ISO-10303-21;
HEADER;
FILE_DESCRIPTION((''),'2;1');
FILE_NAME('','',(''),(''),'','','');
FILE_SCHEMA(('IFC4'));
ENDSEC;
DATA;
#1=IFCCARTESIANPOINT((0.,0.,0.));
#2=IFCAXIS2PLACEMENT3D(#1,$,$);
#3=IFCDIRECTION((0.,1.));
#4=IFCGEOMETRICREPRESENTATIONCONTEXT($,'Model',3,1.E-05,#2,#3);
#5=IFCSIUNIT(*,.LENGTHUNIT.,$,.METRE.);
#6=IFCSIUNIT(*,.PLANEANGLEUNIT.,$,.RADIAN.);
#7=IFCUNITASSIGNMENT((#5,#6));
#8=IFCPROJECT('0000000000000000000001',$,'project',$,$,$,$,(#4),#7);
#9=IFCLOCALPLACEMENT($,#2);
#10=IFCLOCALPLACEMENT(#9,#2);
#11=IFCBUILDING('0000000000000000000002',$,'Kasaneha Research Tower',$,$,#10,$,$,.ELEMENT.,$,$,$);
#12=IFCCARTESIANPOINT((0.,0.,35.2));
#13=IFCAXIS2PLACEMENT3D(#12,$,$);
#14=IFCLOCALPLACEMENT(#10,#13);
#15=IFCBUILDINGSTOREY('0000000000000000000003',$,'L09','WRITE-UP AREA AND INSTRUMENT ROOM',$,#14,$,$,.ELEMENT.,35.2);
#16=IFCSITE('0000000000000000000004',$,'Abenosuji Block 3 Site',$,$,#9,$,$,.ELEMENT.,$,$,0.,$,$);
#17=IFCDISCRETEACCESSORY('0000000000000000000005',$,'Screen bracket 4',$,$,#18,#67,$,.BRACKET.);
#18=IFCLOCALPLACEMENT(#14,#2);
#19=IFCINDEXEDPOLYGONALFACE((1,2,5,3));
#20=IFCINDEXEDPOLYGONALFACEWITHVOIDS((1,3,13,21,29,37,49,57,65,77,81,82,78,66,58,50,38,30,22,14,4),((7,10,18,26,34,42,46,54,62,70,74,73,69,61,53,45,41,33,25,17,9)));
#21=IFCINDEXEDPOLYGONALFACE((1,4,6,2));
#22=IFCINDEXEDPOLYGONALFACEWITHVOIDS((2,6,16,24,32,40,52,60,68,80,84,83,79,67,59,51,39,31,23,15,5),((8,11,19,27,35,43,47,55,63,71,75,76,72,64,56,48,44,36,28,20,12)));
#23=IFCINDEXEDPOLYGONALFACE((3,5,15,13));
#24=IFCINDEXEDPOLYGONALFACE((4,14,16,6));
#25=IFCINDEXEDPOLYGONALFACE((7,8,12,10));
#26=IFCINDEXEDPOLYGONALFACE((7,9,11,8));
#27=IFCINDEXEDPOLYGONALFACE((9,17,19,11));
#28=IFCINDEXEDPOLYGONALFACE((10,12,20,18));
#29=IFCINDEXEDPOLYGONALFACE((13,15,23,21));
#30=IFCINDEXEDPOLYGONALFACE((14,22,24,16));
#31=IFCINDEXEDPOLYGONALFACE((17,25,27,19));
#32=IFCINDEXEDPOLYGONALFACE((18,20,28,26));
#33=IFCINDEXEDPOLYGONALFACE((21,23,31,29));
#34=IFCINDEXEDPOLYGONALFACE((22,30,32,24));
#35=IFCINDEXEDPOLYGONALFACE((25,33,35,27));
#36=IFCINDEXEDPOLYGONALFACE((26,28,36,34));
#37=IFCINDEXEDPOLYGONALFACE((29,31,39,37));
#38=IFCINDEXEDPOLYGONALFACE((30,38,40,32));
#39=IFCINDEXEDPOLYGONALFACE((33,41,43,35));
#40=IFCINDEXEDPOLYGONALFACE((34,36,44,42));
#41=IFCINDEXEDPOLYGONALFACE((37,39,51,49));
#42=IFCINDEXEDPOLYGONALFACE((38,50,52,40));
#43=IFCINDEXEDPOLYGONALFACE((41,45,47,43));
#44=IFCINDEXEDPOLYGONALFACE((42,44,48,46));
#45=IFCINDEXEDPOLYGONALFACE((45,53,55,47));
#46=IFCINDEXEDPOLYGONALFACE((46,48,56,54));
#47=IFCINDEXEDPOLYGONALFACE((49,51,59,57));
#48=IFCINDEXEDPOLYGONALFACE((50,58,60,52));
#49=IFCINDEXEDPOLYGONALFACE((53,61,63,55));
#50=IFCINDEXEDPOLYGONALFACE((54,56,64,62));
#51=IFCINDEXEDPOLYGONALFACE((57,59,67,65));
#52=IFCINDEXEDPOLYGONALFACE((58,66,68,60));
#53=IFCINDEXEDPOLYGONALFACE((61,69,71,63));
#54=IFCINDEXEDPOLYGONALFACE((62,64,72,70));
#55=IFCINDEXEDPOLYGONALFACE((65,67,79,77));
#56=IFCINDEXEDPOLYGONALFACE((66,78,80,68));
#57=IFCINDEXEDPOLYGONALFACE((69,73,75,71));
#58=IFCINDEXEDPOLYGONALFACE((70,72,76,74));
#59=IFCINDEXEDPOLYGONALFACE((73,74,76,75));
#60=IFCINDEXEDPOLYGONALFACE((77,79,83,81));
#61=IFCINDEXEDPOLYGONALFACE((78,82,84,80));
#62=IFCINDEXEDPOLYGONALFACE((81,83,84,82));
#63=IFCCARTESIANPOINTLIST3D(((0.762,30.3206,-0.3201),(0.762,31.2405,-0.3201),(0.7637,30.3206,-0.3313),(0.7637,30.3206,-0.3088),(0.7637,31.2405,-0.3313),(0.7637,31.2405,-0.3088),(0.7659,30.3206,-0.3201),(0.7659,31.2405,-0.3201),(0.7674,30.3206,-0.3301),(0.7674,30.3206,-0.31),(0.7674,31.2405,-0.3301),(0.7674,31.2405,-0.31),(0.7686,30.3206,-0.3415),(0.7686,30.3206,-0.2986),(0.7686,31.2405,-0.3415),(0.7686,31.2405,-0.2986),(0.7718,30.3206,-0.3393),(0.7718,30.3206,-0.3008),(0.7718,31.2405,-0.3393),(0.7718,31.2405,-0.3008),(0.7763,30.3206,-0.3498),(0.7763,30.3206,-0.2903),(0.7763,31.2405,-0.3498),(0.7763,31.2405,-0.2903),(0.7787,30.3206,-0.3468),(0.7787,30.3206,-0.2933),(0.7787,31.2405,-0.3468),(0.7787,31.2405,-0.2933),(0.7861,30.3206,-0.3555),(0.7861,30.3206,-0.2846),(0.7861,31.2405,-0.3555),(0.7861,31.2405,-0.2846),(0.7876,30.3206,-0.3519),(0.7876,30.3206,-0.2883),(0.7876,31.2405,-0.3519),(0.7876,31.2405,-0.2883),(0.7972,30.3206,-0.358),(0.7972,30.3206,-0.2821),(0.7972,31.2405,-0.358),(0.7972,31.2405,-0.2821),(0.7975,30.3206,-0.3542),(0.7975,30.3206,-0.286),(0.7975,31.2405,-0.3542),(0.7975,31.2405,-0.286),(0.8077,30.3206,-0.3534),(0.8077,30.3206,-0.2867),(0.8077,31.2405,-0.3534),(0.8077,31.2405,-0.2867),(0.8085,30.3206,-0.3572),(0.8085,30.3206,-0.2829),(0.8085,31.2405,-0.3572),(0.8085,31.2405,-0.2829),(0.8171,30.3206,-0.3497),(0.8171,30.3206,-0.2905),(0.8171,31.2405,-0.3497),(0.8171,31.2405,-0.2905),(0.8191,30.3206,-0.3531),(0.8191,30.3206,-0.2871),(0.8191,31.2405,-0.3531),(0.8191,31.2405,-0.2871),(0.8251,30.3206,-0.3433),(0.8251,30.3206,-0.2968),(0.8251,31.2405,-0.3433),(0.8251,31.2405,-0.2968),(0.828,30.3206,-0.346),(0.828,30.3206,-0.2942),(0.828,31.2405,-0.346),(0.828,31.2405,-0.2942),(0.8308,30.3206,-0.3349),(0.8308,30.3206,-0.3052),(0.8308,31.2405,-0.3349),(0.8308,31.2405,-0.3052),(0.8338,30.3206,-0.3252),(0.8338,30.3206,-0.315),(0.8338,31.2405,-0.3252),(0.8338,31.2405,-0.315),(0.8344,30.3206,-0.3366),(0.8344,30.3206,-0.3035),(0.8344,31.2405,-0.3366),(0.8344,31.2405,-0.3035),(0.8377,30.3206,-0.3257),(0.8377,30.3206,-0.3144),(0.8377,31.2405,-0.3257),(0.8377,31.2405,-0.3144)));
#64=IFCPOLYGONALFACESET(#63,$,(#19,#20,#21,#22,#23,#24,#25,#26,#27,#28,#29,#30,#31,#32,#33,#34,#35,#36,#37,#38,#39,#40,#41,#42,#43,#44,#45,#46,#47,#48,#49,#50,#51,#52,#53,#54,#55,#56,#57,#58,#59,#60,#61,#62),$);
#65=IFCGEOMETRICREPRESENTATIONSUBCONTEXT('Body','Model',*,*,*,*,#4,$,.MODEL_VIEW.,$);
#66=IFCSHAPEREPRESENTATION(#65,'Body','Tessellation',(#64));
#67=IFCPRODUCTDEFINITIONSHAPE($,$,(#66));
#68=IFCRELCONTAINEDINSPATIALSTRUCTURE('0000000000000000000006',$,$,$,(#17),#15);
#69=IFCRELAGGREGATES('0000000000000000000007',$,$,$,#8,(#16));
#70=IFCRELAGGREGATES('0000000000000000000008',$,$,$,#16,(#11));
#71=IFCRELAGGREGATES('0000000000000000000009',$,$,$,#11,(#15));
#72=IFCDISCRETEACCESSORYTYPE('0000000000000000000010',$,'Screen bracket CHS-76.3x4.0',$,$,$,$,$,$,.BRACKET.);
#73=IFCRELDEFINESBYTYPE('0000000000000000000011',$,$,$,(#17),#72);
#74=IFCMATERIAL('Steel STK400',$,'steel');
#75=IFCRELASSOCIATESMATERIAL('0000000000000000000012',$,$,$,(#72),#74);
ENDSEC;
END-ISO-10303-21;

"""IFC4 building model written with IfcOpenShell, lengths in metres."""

from ifc_helpers import new_model, si_unit, direction, frame, origin, origin_2d, place, context, subcontext, project, spatial, hollow_circle, extrude, material, material_profile, profile_set, type_object, element, save


model = new_model("IFC4")

# Units and contexts
model_context = context("Model", 3, precision=1e-05, world=origin(), true_north=direction((0.0, 1.0)))
body_context = subcontext(model_context, "Body", "Model", "MODEL_VIEW")
ifc_project = project(units=[si_unit("LENGTHUNIT", "METRE"), si_unit("PLANEANGLEUNIT", "RADIAN")], contexts=[model_context])

# Site, building, storey
site_placement = place(None, origin())
site = spatial("IfcSite", under=ifc_project, at=site_placement, Name="Abenosuji Block 3 Site", CompositionType="ELEMENT", RefElevation=0.0)
building_placement = place(site_placement, origin())
building = spatial("IfcBuilding", under=site, at=building_placement, Name="Kasaneha Research Tower", CompositionType="ELEMENT")
storey_placement = place(building_placement, frame((0.0, 0.0, 35.2)))
storey = spatial("IfcBuildingStorey", under=building, at=storey_placement, Name="L09", Description="WRITE-UP AREA AND INSTRUMENT ROOM", CompositionType="ELEMENT", Elevation=35.2)

# Discrete accessory
ifc_material_1 = material(Name="Steel STK400", Category="steel")
ifc_material_profile_1 = material_profile(ifc_material_1, hollow_circle(Radius=0.0381, WallThickness=0.0039, at=origin_2d()), Name="CHS-76.3x4.0")
ifc_profile_set_1 = profile_set([ifc_material_profile_1], Name="Steel STK400")
discrete_accessory_type = type_object("IfcDiscreteAccessoryType", Name="Screen bracket CHS-76.3x4.0", PredefinedType="BRACKET", material=ifc_profile_set_1)
for number, where, z_axis, x_axis, name in (
    (1, (0.8, 30.3206, -0.3201), (0.0, 1.0, 0.0), (-1.0, 0.0, 0.0), "Screen bracket 4"),
):
    element("IfcDiscreteAccessory", number, at=place(storey_placement, frame(where, z_axis=z_axis, x_axis=x_axis)), inside=storey, type_object=discrete_accessory_type, Name=name, PredefinedType="BRACKET", context=body_context, shape_type="SweptSolid", body=[
        extrude(hollow_circle(Radius=0.0381, WallThickness=0.0039, at=origin_2d()), origin(), (0.0, 0.0, 1.0), 0.9199),
    ])

save(model, "model.ifc")
